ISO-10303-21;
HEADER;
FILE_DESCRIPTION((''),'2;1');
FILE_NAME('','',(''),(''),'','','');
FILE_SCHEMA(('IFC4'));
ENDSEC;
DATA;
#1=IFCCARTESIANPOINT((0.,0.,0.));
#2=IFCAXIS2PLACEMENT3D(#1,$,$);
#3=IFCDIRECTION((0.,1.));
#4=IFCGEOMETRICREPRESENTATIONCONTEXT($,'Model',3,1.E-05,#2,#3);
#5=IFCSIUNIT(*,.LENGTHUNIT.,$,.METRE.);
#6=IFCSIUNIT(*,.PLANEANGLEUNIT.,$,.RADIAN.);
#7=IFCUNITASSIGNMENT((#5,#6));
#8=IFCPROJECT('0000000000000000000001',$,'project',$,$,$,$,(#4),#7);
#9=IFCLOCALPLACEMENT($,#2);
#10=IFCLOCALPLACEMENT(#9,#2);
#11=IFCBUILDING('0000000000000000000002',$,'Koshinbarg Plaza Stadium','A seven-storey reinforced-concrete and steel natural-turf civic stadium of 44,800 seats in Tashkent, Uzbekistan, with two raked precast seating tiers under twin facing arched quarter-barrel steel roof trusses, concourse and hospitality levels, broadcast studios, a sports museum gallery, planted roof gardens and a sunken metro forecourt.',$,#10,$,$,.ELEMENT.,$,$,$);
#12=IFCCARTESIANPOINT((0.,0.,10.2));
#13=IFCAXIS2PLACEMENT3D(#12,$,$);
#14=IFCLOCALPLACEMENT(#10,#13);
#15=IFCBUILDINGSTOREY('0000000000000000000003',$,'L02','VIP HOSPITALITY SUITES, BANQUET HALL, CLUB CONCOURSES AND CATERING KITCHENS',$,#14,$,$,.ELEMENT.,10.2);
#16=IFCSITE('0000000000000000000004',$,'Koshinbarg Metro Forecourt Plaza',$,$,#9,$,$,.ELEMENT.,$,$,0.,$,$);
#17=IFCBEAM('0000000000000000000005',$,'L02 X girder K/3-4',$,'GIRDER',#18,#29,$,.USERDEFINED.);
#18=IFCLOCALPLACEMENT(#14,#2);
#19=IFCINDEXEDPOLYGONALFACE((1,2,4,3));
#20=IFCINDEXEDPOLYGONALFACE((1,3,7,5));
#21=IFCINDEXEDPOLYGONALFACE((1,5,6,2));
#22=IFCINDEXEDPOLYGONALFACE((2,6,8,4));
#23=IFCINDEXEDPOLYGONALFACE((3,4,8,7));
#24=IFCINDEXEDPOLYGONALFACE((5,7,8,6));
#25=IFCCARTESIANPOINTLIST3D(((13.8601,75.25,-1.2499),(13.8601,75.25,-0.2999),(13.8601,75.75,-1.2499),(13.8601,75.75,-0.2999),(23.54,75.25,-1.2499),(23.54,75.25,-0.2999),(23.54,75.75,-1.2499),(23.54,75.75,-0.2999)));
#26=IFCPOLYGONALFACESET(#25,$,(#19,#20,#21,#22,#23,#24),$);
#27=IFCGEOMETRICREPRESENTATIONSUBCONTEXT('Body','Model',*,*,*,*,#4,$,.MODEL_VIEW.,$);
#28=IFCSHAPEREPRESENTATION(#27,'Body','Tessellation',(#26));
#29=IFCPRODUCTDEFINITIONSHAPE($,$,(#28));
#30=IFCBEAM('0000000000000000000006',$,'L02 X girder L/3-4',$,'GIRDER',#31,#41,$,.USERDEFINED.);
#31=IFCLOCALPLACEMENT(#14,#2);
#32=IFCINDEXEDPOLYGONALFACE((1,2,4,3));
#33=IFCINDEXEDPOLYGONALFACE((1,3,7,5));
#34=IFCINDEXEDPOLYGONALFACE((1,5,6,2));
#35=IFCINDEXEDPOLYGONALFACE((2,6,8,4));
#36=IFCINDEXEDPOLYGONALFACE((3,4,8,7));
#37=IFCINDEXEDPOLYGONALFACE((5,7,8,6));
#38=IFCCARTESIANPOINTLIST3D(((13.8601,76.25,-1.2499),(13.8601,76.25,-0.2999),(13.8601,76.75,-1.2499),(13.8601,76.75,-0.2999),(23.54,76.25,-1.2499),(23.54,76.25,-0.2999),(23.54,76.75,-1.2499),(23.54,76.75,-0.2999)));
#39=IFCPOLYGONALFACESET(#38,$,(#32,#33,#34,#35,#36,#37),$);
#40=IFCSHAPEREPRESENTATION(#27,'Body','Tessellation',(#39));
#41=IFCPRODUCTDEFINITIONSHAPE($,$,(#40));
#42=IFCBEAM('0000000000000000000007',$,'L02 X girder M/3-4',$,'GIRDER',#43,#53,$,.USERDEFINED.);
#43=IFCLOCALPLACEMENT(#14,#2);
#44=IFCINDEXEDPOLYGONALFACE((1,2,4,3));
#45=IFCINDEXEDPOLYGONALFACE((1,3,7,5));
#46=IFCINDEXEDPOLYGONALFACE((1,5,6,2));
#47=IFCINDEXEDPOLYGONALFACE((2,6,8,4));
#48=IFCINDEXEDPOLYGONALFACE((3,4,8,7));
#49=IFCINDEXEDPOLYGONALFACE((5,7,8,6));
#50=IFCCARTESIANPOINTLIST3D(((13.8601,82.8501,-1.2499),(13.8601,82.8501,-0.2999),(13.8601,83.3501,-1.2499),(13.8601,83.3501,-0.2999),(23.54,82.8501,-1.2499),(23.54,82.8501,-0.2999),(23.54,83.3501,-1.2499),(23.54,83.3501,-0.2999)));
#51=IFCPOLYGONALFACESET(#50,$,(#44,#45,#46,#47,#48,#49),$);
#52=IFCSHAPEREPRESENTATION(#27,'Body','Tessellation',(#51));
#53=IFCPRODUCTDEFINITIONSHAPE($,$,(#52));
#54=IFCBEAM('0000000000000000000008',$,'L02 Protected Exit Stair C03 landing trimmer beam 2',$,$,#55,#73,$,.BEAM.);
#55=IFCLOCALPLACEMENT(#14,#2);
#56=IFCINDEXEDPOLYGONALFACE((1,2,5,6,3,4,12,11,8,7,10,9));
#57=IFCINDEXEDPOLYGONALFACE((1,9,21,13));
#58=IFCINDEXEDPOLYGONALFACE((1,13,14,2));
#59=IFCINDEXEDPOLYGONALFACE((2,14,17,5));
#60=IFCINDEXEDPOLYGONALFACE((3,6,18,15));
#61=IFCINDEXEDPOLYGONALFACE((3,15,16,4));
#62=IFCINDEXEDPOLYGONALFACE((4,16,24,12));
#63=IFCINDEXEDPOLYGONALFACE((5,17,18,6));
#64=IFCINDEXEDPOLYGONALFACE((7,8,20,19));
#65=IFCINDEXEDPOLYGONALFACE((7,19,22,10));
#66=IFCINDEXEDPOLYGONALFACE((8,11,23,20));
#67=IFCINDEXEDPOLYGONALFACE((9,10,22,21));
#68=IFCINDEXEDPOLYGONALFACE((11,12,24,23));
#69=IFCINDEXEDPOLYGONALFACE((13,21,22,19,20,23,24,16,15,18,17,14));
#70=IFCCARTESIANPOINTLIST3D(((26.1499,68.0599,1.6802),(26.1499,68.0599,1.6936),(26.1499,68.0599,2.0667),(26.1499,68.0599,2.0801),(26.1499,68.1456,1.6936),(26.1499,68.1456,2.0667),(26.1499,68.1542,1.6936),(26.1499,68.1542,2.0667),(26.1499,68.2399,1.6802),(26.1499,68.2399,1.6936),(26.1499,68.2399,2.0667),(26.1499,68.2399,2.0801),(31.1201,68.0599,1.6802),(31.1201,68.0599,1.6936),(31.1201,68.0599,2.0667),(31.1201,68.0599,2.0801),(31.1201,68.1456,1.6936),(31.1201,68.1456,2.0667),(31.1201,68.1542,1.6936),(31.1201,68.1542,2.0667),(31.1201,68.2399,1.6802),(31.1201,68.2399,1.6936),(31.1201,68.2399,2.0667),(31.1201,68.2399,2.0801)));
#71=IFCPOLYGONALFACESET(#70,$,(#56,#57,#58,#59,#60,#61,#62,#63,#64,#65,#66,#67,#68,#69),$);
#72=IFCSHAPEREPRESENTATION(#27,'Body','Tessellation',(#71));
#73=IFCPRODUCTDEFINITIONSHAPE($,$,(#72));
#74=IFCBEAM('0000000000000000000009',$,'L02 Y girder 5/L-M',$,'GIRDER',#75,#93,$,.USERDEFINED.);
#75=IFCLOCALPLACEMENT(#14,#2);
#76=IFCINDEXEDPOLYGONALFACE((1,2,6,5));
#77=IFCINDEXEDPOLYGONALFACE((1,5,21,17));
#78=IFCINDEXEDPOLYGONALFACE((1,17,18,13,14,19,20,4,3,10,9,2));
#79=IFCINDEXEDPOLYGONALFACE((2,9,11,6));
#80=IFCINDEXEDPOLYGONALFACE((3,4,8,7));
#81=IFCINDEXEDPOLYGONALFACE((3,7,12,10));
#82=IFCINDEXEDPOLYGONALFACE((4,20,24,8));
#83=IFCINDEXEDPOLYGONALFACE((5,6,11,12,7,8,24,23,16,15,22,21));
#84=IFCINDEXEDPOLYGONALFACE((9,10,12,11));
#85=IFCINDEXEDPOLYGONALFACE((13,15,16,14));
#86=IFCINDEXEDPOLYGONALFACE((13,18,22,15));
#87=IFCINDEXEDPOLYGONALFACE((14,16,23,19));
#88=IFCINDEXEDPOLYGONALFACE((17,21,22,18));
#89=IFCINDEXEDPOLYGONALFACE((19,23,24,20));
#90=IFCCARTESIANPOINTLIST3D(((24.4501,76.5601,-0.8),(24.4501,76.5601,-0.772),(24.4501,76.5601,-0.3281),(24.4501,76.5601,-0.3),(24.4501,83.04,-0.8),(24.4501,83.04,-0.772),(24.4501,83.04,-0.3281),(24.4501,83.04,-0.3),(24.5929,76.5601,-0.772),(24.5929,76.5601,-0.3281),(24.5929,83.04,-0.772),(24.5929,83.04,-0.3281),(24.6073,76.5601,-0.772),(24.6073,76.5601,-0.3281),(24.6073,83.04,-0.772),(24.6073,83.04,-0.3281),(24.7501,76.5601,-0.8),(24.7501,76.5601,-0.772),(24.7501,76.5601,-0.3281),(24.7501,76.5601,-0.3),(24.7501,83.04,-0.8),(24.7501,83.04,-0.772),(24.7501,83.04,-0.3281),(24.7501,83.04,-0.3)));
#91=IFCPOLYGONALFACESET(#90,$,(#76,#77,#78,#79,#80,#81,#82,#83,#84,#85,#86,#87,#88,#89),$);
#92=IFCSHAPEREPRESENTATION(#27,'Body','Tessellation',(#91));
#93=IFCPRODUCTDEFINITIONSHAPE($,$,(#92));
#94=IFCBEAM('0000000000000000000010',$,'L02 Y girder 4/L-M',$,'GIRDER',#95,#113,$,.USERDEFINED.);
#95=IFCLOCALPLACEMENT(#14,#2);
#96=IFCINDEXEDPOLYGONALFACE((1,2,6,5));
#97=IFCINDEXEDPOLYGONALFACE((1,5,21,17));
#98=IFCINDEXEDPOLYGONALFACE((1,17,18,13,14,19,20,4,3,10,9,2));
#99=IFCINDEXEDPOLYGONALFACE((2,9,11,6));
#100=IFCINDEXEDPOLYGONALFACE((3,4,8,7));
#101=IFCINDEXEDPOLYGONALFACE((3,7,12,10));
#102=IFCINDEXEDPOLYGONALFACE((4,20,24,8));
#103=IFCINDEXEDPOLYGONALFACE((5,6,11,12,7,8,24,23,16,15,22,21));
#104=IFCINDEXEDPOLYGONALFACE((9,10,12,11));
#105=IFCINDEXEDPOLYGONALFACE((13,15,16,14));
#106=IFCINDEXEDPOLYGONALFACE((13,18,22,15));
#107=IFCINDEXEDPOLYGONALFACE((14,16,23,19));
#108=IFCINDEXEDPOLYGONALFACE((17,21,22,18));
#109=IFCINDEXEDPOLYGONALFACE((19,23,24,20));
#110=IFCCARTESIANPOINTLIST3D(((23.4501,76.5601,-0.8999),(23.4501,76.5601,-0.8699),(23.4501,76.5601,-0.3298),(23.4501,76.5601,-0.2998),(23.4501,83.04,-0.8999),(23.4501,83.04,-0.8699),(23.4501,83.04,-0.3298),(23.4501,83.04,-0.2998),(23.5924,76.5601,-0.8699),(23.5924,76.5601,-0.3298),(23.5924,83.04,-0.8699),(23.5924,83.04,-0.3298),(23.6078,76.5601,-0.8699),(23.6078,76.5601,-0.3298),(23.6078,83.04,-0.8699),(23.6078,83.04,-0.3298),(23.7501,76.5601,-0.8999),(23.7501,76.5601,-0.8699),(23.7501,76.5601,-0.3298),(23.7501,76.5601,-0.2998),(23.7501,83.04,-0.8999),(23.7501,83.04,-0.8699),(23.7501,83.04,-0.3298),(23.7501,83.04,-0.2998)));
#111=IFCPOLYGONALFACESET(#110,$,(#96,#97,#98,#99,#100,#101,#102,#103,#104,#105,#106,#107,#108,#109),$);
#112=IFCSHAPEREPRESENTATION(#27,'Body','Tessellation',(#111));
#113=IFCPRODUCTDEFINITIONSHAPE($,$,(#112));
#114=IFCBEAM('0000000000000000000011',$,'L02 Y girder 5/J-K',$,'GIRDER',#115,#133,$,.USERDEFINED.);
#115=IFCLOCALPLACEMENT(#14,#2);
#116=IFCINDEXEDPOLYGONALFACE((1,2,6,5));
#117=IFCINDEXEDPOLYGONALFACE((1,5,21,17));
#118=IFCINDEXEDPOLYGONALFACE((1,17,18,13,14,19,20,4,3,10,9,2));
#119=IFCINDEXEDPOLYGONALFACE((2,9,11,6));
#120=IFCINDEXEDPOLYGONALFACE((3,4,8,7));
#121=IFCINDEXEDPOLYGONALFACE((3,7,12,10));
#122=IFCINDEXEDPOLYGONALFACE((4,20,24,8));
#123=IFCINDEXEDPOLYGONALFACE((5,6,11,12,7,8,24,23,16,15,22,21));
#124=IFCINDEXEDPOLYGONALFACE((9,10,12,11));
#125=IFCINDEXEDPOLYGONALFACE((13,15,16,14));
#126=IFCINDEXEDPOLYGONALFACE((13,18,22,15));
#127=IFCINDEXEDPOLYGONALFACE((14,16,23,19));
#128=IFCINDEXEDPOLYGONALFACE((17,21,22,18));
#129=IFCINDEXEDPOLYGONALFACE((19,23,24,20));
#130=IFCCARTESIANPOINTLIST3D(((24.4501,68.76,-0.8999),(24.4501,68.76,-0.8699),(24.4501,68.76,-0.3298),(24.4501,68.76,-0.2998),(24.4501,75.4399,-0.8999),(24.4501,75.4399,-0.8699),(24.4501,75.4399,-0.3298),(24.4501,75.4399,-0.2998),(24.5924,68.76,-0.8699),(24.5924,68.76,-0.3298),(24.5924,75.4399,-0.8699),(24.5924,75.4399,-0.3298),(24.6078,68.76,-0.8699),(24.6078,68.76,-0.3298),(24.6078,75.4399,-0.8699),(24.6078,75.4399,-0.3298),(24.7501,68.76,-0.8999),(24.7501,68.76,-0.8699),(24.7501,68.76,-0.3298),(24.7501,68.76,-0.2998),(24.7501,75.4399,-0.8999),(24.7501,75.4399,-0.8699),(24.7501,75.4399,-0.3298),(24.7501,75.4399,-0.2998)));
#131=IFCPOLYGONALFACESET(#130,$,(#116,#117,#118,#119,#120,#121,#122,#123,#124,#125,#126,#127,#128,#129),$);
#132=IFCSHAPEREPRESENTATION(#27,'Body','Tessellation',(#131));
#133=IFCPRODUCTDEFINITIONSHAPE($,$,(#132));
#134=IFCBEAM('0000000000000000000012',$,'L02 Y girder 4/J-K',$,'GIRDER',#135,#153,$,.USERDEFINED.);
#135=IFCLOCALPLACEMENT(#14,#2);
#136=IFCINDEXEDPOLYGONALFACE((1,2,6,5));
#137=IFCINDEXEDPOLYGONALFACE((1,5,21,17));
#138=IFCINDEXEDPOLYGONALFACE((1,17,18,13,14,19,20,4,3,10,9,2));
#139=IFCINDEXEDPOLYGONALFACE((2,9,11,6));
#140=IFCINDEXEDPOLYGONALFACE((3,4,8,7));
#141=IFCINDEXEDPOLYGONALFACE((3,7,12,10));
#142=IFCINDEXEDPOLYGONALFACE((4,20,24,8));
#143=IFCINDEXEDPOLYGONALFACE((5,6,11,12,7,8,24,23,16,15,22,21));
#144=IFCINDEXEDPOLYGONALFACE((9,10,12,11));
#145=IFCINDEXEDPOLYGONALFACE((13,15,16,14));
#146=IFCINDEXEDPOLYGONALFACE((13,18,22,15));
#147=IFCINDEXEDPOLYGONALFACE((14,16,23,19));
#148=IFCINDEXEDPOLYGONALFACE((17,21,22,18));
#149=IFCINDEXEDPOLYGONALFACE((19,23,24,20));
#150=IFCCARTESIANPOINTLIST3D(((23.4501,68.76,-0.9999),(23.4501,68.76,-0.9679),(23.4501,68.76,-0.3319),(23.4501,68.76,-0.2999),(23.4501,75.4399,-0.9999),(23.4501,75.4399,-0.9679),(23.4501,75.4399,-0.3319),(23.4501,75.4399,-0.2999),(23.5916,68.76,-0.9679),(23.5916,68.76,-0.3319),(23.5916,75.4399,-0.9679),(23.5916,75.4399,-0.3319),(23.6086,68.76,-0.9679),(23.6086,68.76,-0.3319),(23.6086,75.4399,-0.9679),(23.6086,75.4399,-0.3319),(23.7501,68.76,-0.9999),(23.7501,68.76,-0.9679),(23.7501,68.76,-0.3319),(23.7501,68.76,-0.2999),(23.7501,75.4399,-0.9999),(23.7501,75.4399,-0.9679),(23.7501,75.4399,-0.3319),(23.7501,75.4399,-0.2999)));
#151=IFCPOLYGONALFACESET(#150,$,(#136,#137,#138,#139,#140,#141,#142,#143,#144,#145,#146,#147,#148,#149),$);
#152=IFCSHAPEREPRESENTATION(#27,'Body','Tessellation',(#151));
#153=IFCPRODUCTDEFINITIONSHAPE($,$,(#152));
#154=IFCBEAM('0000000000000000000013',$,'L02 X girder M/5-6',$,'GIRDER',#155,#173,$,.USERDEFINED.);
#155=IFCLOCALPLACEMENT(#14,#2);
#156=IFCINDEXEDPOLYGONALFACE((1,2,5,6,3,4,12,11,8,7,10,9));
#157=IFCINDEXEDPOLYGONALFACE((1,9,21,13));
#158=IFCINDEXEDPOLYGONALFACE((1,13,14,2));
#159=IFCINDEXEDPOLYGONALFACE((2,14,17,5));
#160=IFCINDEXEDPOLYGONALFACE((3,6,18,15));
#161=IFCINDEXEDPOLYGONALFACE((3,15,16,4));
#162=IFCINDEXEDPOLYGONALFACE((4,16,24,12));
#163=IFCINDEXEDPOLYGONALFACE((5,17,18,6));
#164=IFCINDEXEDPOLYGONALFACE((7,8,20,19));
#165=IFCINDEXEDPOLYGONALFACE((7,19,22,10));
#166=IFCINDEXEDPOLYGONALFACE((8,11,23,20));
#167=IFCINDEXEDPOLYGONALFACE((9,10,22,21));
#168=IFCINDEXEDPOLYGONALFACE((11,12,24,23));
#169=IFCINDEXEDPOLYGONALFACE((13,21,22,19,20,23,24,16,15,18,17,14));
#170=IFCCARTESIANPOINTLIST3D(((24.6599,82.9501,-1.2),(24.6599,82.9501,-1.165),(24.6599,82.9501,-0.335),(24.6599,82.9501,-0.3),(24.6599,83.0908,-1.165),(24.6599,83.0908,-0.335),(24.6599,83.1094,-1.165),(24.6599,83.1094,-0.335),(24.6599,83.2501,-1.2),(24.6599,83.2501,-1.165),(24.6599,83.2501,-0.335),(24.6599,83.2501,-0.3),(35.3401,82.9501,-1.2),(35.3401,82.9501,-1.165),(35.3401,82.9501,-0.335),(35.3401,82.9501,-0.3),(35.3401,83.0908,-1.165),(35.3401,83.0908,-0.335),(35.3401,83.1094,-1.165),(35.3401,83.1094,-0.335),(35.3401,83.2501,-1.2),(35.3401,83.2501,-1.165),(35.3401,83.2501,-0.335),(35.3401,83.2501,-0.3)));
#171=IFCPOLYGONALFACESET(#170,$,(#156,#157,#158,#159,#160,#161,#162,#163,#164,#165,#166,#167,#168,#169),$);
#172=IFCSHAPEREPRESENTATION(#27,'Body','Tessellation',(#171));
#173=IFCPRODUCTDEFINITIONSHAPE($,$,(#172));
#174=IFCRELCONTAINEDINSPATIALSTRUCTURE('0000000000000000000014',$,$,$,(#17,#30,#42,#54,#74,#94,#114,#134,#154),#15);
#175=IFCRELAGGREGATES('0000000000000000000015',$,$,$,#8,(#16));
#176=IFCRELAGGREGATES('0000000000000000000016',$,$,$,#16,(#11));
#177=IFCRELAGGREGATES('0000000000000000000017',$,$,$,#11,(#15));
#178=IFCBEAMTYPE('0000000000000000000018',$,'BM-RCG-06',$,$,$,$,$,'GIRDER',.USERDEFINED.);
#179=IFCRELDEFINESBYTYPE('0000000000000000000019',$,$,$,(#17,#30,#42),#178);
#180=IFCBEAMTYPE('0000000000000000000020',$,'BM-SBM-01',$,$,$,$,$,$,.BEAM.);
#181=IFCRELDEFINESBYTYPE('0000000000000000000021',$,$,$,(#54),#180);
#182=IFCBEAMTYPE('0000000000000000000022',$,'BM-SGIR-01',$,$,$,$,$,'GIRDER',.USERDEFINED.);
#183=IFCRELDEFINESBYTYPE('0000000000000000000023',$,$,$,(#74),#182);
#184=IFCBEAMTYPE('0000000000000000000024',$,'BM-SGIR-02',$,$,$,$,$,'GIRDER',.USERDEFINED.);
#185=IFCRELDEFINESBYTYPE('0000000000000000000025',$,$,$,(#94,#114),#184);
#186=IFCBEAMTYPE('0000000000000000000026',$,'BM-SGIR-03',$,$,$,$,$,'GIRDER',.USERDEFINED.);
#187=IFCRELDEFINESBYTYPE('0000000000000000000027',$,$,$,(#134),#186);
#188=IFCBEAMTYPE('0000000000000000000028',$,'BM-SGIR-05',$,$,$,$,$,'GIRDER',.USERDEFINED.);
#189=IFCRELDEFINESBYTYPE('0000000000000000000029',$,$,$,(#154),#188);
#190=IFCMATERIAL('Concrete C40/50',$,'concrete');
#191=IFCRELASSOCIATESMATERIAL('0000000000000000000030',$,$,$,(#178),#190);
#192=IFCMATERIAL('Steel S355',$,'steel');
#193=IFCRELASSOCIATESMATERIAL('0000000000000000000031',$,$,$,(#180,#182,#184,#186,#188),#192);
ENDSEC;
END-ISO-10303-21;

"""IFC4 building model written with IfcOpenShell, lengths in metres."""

from ifc_helpers import new_model, si_unit, direction, frame, origin, origin_2d, place, context, subcontext, project, spatial, rectangle, i_section, extrude, material, material_profile, profile_set, type_object, element, save


model = new_model("IFC4")

# Units and contexts
model_context = context("Model", 3, precision=1e-05, world=origin(), true_north=direction((0.0, 1.0)))
body_context = subcontext(model_context, "Body", "Model", "MODEL_VIEW")
ifc_project = project(units=[si_unit("LENGTHUNIT", "METRE"), si_unit("PLANEANGLEUNIT", "RADIAN")], contexts=[model_context])

# Site, building, storey
site_placement = place(None, origin())
site = spatial("IfcSite", under=ifc_project, at=site_placement, Name="Koshinbarg Metro Forecourt Plaza", CompositionType="ELEMENT", RefElevation=0.0)
building_placement = place(site_placement, origin())
building = spatial("IfcBuilding", under=site, at=building_placement, Name="Koshinbarg Plaza Stadium", Description="A seven-storey reinforced-concrete and steel natural-turf civic stadium of 44,800 seats in Tashkent, Uzbekistan, with two raked precast seating tiers under twin facing arched quarter-barrel steel roof trusses, concourse and hospitality levels, broadcast studios, a sports museum gallery, planted roof gardens and a sunken metro forecourt.", CompositionType="ELEMENT")
storey_placement = place(building_placement, frame((0.0, 0.0, 10.2)))
storey = spatial("IfcBuildingStorey", under=building, at=storey_placement, Name="L02", Description="VIP HOSPITALITY SUITES, BANQUET HALL, CLUB CONCOURSES AND CATERING KITCHENS", CompositionType="ELEMENT", Elevation=10.2)

# Shared definitions
ifc_material_1 = material(Name="Concrete C40/50", Category="concrete")
ifc_material_2 = material(Name="Steel S355", Category="steel")

# Beams
ifc_material_profile_1 = material_profile(ifc_material_1, rectangle(XDim=0.5, YDim=0.95, at=origin_2d()), Name="RC 500x950")
ifc_profile_set_1 = profile_set([ifc_material_profile_1], Name="Concrete C40/50")
beam_type_1 = type_object("IfcBeamType", Name="BM-RCG-06", ElementType="GIRDER", PredefinedType="USERDEFINED", material=ifc_profile_set_1)
for number, where, z_axis, x_axis, name in (
    (1, (13.8601, 75.5, -0.7749), (1.0, 0.0, 0.0), (0.0, 1.0, 0.0), "L02 X girder K/3-4"),
    (2, (13.8601, 76.5, -0.7749), (1.0, 0.0, 0.0), (0.0, 1.0, 0.0), "L02 X girder L/3-4"),
    (3, (13.8601, 83.1001, -0.7749), (1.0, 0.0, 0.0), (0.0, 1.0, 0.0), "L02 X girder M/3-4"),
):
    element("IfcBeam", number, at=place(storey_placement, frame(where, z_axis=z_axis, x_axis=x_axis)), inside=storey, type_object=beam_type_1, Name=name, ObjectType="GIRDER", PredefinedType="USERDEFINED", context=body_context, shape_type="SweptSolid", body=[
        extrude(rectangle(XDim=0.5, YDim=0.95, at=origin_2d()), origin(), (0.0, 0.0, 1.0), 9.6799),
    ])
ifc_material_profile_2 = material_profile(ifc_material_2, i_section(OverallWidth=0.1799, OverallDepth=0.3999, WebThickness=0.0085, FlangeThickness=0.0134, at=origin_2d()), Name="IPE 400")
ifc_profile_set_2 = profile_set([ifc_material_profile_2], Name="Steel S355")
beam_type_2 = type_object("IfcBeamType", Name="BM-SBM-01", PredefinedType="BEAM", material=ifc_profile_set_2)
beam_1_placement = place(storey_placement, frame((26.1499, 68.1499, 1.8801), z_axis=(1.0, 0.0, 0.0), x_axis=(0.0, 1.0, 0.0)))
element("IfcBeam", 4, at=beam_1_placement, inside=storey, type_object=beam_type_2, Name="L02 Protected Exit Stair C03 landing trimmer beam 2", PredefinedType="BEAM", context=body_context, shape_type="SweptSolid", body=[
    extrude(i_section(OverallWidth=0.1799, OverallDepth=0.3999, WebThickness=0.0085, FlangeThickness=0.0134, at=origin_2d()), origin(), (0.0, 0.0, 1.0), 4.9702),
])
ifc_material_profile_3 = material_profile(ifc_material_2, i_section(OverallWidth=0.3, OverallDepth=0.5, WebThickness=0.0144, FlangeThickness=0.0281, at=origin_2d()), Name="HEB 500")
ifc_profile_set_3 = profile_set([ifc_material_profile_3], Name="Steel S355")
beam_type_3 = type_object("IfcBeamType", Name="BM-SGIR-01", ElementType="GIRDER", PredefinedType="USERDEFINED", material=ifc_profile_set_3)
beam_2_placement = place(storey_placement, frame((24.6001, 76.5601, -0.55), z_axis=(0.0, 1.0, 0.0), x_axis=(-1.0, 0.0, 0.0)))
element("IfcBeam", 5, at=beam_2_placement, inside=storey, type_object=beam_type_3, Name="L02 Y girder 5/L-M", ObjectType="GIRDER", PredefinedType="USERDEFINED", context=body_context, shape_type="SweptSolid", body=[
    extrude(i_section(OverallWidth=0.3, OverallDepth=0.5, WebThickness=0.0144, FlangeThickness=0.0281, at=origin_2d()), origin(), (0.0, 0.0, 1.0), 6.48),
])
ifc_material_profile_4 = material_profile(ifc_material_2, i_section(OverallWidth=0.3, OverallDepth=0.6001, WebThickness=0.0154, FlangeThickness=0.03, at=origin_2d()), Name="HEB 600")
ifc_profile_set_4 = profile_set([ifc_material_profile_4], Name="Steel S355")
beam_type_4 = type_object("IfcBeamType", Name="BM-SGIR-02", ElementType="GIRDER", PredefinedType="USERDEFINED", material=ifc_profile_set_4)
beam_3_placement = place(storey_placement, frame((23.6001, 76.5601, -0.5999), z_axis=(0.0, 1.0, 0.0), x_axis=(-1.0, 0.0, 0.0)))
element("IfcBeam", 6, at=beam_3_placement, inside=storey, type_object=beam_type_4, Name="L02 Y girder 4/L-M", ObjectType="GIRDER", PredefinedType="USERDEFINED", context=body_context, shape_type="SweptSolid", body=[
    extrude(i_section(OverallWidth=0.3, OverallDepth=0.6001, WebThickness=0.0154, FlangeThickness=0.03, at=origin_2d()), origin(), (0.0, 0.0, 1.0), 6.48),
])
beam_4_placement = place(storey_placement, frame((24.6001, 68.76, -0.5999), z_axis=(0.0, 1.0, 0.0), x_axis=(-1.0, 0.0, 0.0)))
element("IfcBeam", 7, at=beam_4_placement, inside=storey, type_object=beam_type_4, Name="L02 Y girder 5/J-K", ObjectType="GIRDER", PredefinedType="USERDEFINED", context=body_context, shape_type="SweptSolid", body=[
    extrude(i_section(OverallWidth=0.3, OverallDepth=0.6001, WebThickness=0.0154, FlangeThickness=0.03, at=origin_2d()), origin(), (0.0, 0.0, 1.0), 6.6799),
])
ifc_material_profile_5 = material_profile(ifc_material_2, i_section(OverallWidth=0.3, OverallDepth=0.7, WebThickness=0.0171, FlangeThickness=0.032, at=origin_2d()), Name="HEB 700")
ifc_profile_set_5 = profile_set([ifc_material_profile_5], Name="Steel S355")
beam_type_5 = type_object("IfcBeamType", Name="BM-SGIR-03", ElementType="GIRDER", PredefinedType="USERDEFINED", material=ifc_profile_set_5)
beam_5_placement = place(storey_placement, frame((23.6001, 68.76, -0.6499), z_axis=(0.0, 1.0, 0.0), x_axis=(-1.0, 0.0, 0.0)))
element("IfcBeam", 8, at=beam_5_placement, inside=storey, type_object=beam_type_5, Name="L02 Y girder 4/J-K", ObjectType="GIRDER", PredefinedType="USERDEFINED", context=body_context, shape_type="SweptSolid", body=[
    extrude(i_section(OverallWidth=0.3, OverallDepth=0.7, WebThickness=0.0171, FlangeThickness=0.032, at=origin_2d()), origin(), (0.0, 0.0, 1.0), 6.6799),
])
ifc_material_profile_6 = material_profile(ifc_material_2, i_section(OverallWidth=0.3, OverallDepth=0.8999, WebThickness=0.0186, FlangeThickness=0.0349, at=origin_2d()), Name="HEB 900")
ifc_profile_set_6 = profile_set([ifc_material_profile_6], Name="Steel S355")
beam_type_6 = type_object("IfcBeamType", Name="BM-SGIR-05", ElementType="GIRDER", PredefinedType="USERDEFINED", material=ifc_profile_set_6)
beam_6_placement = place(storey_placement, frame((24.6599, 83.1001, -0.75), z_axis=(1.0, 0.0, 0.0), x_axis=(0.0, 1.0, 0.0)))
element("IfcBeam", 9, at=beam_6_placement, inside=storey, type_object=beam_type_6, Name="L02 X girder M/5-6", ObjectType="GIRDER", PredefinedType="USERDEFINED", context=body_context, shape_type="SweptSolid", body=[
    extrude(i_section(OverallWidth=0.3, OverallDepth=0.8999, WebThickness=0.0186, FlangeThickness=0.0349, at=origin_2d()), origin(), (0.0, 0.0, 1.0), 10.6802),
])

save(model, "model.ifc")
